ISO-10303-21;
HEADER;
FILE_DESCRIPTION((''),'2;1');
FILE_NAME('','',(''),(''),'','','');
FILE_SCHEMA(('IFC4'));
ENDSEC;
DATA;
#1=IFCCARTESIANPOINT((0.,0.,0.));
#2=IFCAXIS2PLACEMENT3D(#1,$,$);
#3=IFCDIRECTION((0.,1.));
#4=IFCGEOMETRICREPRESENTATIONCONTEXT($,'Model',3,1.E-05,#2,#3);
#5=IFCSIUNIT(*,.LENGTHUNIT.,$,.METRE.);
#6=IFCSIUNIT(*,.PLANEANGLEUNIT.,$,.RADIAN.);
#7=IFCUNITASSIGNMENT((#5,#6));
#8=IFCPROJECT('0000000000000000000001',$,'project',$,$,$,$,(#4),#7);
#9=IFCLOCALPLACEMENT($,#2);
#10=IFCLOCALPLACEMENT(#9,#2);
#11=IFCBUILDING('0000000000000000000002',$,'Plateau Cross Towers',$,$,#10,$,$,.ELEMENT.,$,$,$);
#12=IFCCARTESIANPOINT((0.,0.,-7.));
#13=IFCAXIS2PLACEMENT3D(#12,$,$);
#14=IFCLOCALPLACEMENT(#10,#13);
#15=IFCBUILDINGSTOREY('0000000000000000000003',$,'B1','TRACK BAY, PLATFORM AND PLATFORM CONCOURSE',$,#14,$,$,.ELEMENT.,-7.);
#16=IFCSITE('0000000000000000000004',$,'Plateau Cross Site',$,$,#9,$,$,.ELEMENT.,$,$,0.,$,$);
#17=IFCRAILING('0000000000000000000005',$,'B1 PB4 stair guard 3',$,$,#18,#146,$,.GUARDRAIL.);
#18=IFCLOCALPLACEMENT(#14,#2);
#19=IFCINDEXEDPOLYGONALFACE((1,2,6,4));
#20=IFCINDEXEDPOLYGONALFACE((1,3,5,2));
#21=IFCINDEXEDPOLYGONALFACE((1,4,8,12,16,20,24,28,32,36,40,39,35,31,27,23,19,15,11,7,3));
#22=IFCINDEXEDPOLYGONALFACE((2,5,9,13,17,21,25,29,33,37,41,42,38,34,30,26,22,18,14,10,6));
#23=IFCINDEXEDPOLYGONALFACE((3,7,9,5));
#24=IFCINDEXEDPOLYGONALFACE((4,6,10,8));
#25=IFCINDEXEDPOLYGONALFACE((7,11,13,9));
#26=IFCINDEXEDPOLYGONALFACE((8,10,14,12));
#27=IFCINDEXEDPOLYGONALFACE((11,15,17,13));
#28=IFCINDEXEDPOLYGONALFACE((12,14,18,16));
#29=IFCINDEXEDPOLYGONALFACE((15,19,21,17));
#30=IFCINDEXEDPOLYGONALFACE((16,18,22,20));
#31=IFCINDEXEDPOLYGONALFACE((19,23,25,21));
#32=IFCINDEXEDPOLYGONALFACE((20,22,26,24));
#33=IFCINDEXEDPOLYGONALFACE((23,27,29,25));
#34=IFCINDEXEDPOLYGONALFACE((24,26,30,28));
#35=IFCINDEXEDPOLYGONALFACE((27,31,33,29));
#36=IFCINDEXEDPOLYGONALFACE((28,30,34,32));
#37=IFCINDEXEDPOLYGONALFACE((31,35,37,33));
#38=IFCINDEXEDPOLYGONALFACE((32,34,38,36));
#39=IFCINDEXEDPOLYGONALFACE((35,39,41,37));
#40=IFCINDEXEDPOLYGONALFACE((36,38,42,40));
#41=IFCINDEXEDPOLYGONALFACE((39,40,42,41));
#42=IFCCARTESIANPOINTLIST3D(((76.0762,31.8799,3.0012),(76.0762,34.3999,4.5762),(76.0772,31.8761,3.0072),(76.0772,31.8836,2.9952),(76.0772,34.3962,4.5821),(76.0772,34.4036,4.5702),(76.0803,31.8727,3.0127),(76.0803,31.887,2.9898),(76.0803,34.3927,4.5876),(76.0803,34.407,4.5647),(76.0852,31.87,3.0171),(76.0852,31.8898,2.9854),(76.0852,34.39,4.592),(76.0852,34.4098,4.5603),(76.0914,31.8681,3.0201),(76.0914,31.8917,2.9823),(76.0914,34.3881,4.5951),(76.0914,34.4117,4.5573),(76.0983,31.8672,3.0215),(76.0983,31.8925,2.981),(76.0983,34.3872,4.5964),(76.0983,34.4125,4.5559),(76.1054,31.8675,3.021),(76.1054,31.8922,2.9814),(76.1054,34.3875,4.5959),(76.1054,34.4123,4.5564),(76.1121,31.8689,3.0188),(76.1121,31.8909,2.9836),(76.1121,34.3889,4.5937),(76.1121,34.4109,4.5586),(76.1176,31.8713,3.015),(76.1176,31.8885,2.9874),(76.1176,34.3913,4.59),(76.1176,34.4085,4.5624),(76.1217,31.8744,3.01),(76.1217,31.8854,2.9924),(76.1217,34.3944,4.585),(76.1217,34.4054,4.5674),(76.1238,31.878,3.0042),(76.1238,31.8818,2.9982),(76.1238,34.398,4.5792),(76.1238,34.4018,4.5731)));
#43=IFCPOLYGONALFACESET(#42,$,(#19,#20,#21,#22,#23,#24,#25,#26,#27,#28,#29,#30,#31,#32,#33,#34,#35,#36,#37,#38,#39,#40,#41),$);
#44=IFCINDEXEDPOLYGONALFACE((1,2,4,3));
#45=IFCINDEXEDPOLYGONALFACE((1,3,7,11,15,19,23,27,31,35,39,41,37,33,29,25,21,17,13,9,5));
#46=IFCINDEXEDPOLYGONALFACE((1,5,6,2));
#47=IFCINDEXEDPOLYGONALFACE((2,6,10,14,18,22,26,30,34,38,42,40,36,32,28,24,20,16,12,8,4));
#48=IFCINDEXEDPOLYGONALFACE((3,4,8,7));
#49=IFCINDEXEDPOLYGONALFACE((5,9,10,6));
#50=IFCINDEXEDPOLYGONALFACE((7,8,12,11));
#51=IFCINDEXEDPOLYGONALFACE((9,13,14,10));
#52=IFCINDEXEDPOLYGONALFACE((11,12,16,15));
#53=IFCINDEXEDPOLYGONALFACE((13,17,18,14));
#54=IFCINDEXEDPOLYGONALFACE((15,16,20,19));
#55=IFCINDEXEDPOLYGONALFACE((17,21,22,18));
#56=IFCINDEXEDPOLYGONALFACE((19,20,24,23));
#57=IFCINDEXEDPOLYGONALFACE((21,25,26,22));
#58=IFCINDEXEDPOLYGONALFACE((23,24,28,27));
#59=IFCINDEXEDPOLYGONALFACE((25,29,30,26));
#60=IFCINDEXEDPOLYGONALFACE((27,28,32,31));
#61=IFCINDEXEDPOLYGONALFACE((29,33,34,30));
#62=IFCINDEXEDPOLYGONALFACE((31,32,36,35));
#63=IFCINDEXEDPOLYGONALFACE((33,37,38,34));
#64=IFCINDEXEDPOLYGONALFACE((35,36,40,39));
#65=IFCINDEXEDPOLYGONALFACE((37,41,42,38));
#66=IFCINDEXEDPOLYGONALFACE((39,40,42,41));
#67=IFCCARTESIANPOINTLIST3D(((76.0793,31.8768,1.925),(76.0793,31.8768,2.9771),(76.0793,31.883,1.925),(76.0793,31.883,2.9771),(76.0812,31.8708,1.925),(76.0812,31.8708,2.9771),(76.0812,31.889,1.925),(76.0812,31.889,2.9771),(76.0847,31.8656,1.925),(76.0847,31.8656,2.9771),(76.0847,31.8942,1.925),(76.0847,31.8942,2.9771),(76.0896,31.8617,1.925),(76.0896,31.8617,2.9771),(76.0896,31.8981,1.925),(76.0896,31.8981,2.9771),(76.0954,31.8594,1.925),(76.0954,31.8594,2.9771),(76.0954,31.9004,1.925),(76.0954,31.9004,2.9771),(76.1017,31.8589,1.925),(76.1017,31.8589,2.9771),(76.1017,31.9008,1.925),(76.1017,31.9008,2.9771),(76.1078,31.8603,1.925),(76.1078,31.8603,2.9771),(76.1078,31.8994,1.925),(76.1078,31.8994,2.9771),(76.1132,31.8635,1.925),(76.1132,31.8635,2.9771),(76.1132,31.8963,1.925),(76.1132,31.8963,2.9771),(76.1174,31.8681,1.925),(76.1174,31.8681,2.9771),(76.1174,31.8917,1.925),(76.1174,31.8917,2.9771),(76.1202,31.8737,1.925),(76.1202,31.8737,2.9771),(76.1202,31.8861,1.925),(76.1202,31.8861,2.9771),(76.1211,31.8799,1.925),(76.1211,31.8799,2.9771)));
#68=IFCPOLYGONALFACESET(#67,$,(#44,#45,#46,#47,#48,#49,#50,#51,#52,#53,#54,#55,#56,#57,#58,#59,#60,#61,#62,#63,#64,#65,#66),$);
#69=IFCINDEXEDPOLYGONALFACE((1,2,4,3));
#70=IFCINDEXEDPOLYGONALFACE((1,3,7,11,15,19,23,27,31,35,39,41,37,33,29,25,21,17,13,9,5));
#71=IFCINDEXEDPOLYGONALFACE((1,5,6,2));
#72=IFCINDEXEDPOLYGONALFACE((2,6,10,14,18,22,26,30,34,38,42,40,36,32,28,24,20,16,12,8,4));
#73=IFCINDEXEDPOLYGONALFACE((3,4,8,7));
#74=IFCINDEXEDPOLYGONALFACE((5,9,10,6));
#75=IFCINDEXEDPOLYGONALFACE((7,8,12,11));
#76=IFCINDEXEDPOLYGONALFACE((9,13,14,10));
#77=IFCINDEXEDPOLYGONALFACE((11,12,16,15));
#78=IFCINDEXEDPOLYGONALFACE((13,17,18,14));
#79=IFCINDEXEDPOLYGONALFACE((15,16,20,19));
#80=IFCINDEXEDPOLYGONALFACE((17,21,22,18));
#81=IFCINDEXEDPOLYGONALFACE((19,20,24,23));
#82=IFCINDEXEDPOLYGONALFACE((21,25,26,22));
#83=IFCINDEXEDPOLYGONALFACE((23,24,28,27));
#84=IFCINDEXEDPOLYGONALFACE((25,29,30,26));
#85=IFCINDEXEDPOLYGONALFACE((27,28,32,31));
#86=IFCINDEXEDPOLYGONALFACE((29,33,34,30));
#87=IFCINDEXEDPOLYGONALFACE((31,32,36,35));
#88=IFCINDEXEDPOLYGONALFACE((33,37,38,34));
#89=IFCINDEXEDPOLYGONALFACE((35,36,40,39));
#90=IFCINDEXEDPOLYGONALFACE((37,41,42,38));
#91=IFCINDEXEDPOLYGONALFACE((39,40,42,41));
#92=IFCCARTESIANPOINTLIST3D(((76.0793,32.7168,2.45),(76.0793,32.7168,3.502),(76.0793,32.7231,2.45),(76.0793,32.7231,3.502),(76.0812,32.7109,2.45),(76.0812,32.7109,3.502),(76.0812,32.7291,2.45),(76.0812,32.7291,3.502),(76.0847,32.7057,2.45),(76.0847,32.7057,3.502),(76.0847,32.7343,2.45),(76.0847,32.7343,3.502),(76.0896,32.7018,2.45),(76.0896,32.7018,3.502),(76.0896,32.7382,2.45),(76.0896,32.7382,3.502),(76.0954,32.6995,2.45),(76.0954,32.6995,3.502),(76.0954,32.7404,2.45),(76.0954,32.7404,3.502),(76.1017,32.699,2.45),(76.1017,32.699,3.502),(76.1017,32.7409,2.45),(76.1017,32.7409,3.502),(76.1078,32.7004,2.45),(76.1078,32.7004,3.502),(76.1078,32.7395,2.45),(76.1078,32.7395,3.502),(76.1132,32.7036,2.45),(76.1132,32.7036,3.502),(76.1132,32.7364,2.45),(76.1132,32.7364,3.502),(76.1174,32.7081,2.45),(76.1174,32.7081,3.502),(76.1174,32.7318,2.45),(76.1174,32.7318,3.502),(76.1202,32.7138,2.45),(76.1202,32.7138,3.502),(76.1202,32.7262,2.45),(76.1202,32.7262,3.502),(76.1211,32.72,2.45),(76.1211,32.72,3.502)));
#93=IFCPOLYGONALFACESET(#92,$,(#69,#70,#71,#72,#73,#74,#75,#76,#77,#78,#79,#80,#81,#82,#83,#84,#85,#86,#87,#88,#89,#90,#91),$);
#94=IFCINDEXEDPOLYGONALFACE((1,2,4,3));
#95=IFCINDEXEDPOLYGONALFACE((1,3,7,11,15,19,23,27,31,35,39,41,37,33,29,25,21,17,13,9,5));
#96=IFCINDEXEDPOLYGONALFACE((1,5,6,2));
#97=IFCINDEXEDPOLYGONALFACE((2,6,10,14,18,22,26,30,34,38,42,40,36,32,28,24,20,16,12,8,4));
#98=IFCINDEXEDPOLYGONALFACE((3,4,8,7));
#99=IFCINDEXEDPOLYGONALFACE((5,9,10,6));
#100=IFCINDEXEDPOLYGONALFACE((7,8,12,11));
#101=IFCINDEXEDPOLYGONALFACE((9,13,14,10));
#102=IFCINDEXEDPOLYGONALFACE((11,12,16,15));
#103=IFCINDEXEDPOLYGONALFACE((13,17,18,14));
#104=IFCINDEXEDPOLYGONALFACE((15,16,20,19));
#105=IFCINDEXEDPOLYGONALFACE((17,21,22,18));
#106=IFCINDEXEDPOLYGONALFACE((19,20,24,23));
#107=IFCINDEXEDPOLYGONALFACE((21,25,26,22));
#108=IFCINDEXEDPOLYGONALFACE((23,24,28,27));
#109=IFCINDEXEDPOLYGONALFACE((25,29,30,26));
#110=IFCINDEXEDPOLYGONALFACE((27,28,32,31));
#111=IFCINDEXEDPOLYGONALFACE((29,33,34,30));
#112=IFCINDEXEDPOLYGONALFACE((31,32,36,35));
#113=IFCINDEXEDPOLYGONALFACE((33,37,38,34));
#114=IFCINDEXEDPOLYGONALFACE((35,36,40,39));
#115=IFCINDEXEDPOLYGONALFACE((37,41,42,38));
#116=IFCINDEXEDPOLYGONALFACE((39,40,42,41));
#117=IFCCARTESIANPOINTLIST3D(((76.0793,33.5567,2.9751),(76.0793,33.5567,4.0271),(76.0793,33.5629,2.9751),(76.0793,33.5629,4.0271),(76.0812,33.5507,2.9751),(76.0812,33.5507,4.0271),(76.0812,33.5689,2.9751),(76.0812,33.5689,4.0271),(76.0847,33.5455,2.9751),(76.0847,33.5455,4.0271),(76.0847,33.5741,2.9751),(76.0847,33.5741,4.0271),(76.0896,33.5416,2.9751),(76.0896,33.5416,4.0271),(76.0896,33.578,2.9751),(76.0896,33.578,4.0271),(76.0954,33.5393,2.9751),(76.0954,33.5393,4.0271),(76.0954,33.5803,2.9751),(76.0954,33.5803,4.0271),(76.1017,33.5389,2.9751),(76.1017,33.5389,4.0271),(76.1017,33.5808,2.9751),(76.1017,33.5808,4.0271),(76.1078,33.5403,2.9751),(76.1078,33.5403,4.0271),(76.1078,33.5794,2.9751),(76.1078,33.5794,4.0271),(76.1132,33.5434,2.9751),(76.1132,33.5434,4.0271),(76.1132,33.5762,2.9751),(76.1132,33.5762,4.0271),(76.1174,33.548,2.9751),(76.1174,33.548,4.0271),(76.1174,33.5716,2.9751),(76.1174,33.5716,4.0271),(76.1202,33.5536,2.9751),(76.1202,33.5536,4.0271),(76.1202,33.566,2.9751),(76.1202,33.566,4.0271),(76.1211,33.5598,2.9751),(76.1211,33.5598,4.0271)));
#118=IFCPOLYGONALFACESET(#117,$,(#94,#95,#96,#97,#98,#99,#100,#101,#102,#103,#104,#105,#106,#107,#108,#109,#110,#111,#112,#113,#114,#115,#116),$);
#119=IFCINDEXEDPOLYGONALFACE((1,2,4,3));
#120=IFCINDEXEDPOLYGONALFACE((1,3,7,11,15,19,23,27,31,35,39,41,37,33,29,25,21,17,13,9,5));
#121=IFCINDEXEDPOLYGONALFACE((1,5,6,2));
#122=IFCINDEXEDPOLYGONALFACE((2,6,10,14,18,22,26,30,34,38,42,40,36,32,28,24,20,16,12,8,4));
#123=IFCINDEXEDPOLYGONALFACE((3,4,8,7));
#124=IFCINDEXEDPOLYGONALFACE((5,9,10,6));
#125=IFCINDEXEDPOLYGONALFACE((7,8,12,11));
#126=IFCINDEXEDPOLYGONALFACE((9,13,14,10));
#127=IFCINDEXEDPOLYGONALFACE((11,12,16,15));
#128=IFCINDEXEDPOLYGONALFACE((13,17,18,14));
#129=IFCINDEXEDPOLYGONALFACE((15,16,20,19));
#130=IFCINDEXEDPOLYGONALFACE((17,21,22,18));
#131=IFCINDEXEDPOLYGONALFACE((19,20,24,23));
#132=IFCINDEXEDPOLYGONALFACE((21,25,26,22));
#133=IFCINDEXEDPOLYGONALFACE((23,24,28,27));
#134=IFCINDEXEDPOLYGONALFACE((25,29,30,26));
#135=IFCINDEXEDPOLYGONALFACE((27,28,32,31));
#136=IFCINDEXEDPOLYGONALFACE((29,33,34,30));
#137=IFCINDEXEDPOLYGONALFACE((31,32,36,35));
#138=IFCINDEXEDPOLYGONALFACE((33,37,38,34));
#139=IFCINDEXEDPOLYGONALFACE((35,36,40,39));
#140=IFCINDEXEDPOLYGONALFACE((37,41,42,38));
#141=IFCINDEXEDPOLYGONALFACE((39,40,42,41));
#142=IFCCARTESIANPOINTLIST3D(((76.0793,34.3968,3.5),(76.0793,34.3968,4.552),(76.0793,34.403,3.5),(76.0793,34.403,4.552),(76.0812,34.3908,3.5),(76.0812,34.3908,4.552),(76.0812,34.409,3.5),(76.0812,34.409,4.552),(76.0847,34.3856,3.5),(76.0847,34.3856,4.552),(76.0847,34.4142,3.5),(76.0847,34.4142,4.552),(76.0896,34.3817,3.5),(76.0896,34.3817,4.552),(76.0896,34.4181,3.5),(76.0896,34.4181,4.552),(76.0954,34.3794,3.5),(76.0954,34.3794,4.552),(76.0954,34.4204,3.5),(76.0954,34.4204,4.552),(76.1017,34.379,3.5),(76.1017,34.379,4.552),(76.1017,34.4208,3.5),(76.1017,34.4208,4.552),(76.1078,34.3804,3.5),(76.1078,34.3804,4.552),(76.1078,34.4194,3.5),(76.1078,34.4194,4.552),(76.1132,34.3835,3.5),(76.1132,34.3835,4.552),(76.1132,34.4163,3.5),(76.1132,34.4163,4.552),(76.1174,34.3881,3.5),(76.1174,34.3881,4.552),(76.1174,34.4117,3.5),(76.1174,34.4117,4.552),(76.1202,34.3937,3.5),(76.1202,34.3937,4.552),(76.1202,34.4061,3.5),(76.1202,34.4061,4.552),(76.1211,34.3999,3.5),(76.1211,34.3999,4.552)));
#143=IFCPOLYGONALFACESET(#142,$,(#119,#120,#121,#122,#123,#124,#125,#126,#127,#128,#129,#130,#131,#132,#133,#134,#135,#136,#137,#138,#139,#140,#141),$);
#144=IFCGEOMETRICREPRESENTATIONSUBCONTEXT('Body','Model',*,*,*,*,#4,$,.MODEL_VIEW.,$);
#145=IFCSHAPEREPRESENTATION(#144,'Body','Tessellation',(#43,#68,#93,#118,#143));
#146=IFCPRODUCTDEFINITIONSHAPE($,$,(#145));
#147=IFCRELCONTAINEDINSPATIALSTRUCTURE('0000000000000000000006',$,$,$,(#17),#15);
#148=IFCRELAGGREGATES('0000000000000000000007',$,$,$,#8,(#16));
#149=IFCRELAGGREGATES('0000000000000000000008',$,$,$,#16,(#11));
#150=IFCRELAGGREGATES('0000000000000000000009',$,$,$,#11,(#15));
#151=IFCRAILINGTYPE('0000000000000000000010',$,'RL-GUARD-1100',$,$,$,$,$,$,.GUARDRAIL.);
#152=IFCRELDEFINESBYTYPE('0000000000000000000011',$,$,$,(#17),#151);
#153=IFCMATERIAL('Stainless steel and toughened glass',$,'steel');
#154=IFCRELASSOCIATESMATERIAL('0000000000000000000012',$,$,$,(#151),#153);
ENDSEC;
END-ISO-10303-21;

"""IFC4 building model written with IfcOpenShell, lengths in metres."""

from ifc_helpers import new_model, si_unit, direction, frame, origin, origin_2d, place, context, subcontext, project, spatial, circle, extrude, material, type_object, element, save


model = new_model("IFC4")

# Units and contexts
model_context = context("Model", 3, precision=1e-05, world=origin(), true_north=direction((0.0, 1.0)))
body_context = subcontext(model_context, "Body", "Model", "MODEL_VIEW")
ifc_project = project(units=[si_unit("LENGTHUNIT", "METRE"), si_unit("PLANEANGLEUNIT", "RADIAN")], contexts=[model_context])

# Site, building, storey
site_placement = place(None, origin())
site = spatial("IfcSite", under=ifc_project, at=site_placement, Name="Plateau Cross Site", CompositionType="ELEMENT", RefElevation=0.0)
building_placement = place(site_placement, origin())
building = spatial("IfcBuilding", under=site, at=building_placement, Name="Plateau Cross Towers", CompositionType="ELEMENT")
storey_placement = place(building_placement, frame((0.0, 0.0, -7.0)))
storey = spatial("IfcBuildingStorey", under=building, at=storey_placement, Name="B1", Description="TRACK BAY, PLATFORM AND PLATFORM CONCOURSE", CompositionType="ELEMENT", Elevation=-7.0)

# Railing
ifc_material_1 = material(Name="Stainless steel and toughened glass", Category="steel")
railing_type_1 = type_object("IfcRailingType", Name="RL-GUARD-1100", PredefinedType="GUARDRAIL", material=ifc_material_1)
railing_1_placement = place(storey_placement, frame((76.1001, 31.8799, 1.925)))
element("IfcRailing", 1, at=railing_1_placement, inside=storey, type_object=railing_type_1, Name="B1 PB4 stair guard 3", PredefinedType="GUARDRAIL", context=body_context, shape_type="SweptSolid", body=[
    extrude(circle(Radius=0.0239, at=origin_2d()), frame((0.0, 0.0, 1.0762), z_axis=(0.0, 0.848008, 0.529984), x_axis=(-1.0, 0.0, 0.0)), (0.0, 0.0, 1.0), 2.9717),
    extrude(circle(Radius=0.021, at=origin_2d()), origin(), (0.0, 0.0, 1.0), 1.052),
    extrude(circle(Radius=0.021, at=origin_2d()), frame((0.0, 0.8401, 0.5249)), (0.0, 0.0, 1.0), 1.052),
    extrude(circle(Radius=0.021, at=origin_2d()), frame((0.0, 1.6799, 1.05)), (0.0, 0.0, 1.0), 1.052),
    extrude(circle(Radius=0.021, at=origin_2d()), frame((0.0, 2.52, 1.575)), (0.0, 0.0, 1.0), 1.052),
])

save(model, "model.ifc")
